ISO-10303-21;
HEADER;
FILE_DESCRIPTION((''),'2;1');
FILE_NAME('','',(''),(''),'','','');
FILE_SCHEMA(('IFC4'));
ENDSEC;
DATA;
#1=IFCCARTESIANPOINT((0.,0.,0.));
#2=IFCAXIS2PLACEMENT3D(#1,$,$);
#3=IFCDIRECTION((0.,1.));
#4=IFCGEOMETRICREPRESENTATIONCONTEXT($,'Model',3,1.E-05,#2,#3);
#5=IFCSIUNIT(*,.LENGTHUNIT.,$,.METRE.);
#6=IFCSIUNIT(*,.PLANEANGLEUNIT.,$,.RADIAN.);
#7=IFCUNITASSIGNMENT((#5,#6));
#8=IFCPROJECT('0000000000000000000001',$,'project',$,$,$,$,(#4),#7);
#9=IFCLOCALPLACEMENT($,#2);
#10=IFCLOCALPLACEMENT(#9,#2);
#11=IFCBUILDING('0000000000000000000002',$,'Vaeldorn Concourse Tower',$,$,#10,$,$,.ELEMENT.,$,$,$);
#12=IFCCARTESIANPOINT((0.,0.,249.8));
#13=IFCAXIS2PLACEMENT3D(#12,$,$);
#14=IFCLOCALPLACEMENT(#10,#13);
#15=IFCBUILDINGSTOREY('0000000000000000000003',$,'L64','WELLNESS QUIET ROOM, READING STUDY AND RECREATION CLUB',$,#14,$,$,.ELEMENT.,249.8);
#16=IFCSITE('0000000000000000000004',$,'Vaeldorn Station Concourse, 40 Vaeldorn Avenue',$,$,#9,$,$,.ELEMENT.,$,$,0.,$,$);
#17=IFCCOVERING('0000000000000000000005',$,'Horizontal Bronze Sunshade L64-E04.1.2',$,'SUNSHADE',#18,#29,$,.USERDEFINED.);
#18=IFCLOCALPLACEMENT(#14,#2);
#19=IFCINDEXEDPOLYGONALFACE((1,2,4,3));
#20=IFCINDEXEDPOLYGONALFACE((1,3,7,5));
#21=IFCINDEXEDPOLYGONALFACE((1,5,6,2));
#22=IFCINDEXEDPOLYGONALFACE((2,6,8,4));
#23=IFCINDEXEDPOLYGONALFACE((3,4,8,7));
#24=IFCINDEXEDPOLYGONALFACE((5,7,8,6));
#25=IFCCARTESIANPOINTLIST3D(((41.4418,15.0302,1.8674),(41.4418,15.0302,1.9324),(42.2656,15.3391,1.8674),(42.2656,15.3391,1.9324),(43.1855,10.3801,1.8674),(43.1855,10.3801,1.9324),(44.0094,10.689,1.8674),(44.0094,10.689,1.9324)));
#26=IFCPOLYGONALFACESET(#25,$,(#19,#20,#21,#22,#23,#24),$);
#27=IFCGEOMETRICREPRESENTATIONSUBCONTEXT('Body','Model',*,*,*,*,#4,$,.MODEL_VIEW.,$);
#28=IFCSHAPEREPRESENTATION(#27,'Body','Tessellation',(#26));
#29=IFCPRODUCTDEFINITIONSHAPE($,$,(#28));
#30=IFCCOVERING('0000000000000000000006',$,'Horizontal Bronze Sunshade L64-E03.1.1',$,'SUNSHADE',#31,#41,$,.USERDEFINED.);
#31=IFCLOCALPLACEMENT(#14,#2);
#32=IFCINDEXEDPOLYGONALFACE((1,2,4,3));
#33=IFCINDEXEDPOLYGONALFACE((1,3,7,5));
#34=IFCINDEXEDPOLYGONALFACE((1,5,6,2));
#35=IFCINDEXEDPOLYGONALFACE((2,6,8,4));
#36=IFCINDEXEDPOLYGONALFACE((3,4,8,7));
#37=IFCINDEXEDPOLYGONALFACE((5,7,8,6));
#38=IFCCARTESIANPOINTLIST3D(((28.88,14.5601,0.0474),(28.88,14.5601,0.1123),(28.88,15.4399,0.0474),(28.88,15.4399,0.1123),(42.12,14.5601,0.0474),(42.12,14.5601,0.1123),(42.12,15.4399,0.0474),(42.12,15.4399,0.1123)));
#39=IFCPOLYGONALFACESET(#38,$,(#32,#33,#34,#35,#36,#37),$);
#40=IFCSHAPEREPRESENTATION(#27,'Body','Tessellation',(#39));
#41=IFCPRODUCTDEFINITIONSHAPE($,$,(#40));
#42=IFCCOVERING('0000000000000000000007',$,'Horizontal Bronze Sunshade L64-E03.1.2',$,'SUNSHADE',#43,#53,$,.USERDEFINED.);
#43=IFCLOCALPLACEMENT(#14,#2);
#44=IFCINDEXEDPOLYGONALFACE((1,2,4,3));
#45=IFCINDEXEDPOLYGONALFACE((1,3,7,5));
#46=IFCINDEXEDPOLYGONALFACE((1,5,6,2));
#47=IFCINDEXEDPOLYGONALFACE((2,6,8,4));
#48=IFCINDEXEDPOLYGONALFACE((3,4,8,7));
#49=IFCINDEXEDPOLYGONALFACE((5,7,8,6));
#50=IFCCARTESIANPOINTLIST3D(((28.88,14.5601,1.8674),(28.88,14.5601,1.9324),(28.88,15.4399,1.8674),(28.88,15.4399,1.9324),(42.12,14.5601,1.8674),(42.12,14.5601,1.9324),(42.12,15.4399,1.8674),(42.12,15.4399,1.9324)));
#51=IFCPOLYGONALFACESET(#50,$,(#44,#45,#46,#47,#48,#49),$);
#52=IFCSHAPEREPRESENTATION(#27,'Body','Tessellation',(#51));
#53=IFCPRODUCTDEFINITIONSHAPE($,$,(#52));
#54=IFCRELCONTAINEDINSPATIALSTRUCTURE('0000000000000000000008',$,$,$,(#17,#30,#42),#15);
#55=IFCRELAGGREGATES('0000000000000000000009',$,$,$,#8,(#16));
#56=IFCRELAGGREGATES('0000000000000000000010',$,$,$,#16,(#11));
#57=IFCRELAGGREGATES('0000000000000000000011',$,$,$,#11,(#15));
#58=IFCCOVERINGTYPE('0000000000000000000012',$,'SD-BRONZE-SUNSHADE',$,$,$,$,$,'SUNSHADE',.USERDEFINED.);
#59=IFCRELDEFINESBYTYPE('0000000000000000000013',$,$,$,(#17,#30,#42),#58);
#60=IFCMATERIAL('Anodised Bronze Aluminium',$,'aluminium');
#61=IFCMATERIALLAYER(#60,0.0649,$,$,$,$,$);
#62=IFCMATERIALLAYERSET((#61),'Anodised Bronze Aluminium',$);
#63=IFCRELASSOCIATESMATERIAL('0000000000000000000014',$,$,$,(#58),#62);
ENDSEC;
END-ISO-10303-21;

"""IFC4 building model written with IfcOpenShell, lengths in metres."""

from ifc_helpers import new_model, si_unit, direction, frame, origin, origin_2d, place, context, subcontext, project, spatial, rectangle, extrude, source, transform, mapped, material, layer, layer_set, type_object, element, save


model = new_model("IFC4")

# Units and contexts
model_context = context("Model", 3, precision=1e-05, world=origin(), true_north=direction((0.0, 1.0)))
body_context = subcontext(model_context, "Body", "Model", "MODEL_VIEW")
ifc_project = project(units=[si_unit("LENGTHUNIT", "METRE"), si_unit("PLANEANGLEUNIT", "RADIAN")], contexts=[model_context])

# Site, building, storey
site_placement = place(None, origin())
site = spatial("IfcSite", under=ifc_project, at=site_placement, Name="Vaeldorn Station Concourse, 40 Vaeldorn Avenue", CompositionType="ELEMENT", RefElevation=0.0)
building_placement = place(site_placement, origin())
building = spatial("IfcBuilding", under=site, at=building_placement, Name="Vaeldorn Concourse Tower", CompositionType="ELEMENT")
storey_placement = place(building_placement, frame((0.0, 0.0, 249.8)))
storey = spatial("IfcBuildingStorey", under=building, at=storey_placement, Name="L64", Description="WELLNESS QUIET ROOM, READING STUDY AND RECREATION CLUB", CompositionType="ELEMENT", Elevation=249.8)

# Shared definitions
ifc_material_1 = material(Name="Anodised Bronze Aluminium", Category="aluminium")

# Coverings
ifc_layer_1 = layer(ifc_material_1, 0.0649)
ifc_layer_set_1 = layer_set([ifc_layer_1], Name="Anodised Bronze Aluminium")
covering_type = type_object("IfcCoveringType", Name="SD-BRONZE-SUNSHADE", ElementType="SUNSHADE", PredefinedType="USERDEFINED", material=ifc_layer_set_1)
shared_shape_1 = source(origin(), body_context, "Body", "SweptSolid", [
    extrude(rectangle(XDim=4.9663, YDim=0.8799, at=origin_2d()), origin(), (0.0, 0.0, 1.0), 0.0649),
])
for number, where, z_axis, x_axis, name in (
    (1, (42.7256, 12.8596, 1.8674), (0.0, 0.0, 1.0), (0.351123, -0.936329, 0.0), "Horizontal Bronze Sunshade L64-E04.1.2"),
):
    element("IfcCovering", number, at=place(storey_placement, frame(where, z_axis=z_axis, x_axis=x_axis)), inside=storey, type_object=covering_type, Name=name, ObjectType="SUNSHADE", PredefinedType="USERDEFINED", context=body_context, shape_type="MappedRepresentation", body=[
        mapped(shared_shape_1, transform((0.0, 0.0, 0.0), scale=1.0)),
    ])
shared_shape_2 = source(origin(), body_context, "Body", "SweptSolid", [
    extrude(rectangle(XDim=13.24, YDim=0.8799, at=origin_2d()), origin(), (0.0, 0.0, 1.0), 0.0649),
])
for number, where, z_axis, x_axis, name in (
    (2, (35.5, 15.0, 0.0474), (0.0, 0.0, 1.0), (1.0, 0.0, 0.0), "Horizontal Bronze Sunshade L64-E03.1.1"),
    (3, (35.5, 15.0, 1.8674), (0.0, 0.0, 1.0), (1.0, 0.0, 0.0), "Horizontal Bronze Sunshade L64-E03.1.2"),
):
    element("IfcCovering", number, at=place(storey_placement, frame(where, z_axis=z_axis, x_axis=x_axis)), inside=storey, type_object=covering_type, Name=name, ObjectType="SUNSHADE", PredefinedType="USERDEFINED", context=body_context, shape_type="MappedRepresentation", body=[
        mapped(shared_shape_2, transform((0.0, 0.0, 0.0), scale=1.0)),
    ])

save(model, "model.ifc")
